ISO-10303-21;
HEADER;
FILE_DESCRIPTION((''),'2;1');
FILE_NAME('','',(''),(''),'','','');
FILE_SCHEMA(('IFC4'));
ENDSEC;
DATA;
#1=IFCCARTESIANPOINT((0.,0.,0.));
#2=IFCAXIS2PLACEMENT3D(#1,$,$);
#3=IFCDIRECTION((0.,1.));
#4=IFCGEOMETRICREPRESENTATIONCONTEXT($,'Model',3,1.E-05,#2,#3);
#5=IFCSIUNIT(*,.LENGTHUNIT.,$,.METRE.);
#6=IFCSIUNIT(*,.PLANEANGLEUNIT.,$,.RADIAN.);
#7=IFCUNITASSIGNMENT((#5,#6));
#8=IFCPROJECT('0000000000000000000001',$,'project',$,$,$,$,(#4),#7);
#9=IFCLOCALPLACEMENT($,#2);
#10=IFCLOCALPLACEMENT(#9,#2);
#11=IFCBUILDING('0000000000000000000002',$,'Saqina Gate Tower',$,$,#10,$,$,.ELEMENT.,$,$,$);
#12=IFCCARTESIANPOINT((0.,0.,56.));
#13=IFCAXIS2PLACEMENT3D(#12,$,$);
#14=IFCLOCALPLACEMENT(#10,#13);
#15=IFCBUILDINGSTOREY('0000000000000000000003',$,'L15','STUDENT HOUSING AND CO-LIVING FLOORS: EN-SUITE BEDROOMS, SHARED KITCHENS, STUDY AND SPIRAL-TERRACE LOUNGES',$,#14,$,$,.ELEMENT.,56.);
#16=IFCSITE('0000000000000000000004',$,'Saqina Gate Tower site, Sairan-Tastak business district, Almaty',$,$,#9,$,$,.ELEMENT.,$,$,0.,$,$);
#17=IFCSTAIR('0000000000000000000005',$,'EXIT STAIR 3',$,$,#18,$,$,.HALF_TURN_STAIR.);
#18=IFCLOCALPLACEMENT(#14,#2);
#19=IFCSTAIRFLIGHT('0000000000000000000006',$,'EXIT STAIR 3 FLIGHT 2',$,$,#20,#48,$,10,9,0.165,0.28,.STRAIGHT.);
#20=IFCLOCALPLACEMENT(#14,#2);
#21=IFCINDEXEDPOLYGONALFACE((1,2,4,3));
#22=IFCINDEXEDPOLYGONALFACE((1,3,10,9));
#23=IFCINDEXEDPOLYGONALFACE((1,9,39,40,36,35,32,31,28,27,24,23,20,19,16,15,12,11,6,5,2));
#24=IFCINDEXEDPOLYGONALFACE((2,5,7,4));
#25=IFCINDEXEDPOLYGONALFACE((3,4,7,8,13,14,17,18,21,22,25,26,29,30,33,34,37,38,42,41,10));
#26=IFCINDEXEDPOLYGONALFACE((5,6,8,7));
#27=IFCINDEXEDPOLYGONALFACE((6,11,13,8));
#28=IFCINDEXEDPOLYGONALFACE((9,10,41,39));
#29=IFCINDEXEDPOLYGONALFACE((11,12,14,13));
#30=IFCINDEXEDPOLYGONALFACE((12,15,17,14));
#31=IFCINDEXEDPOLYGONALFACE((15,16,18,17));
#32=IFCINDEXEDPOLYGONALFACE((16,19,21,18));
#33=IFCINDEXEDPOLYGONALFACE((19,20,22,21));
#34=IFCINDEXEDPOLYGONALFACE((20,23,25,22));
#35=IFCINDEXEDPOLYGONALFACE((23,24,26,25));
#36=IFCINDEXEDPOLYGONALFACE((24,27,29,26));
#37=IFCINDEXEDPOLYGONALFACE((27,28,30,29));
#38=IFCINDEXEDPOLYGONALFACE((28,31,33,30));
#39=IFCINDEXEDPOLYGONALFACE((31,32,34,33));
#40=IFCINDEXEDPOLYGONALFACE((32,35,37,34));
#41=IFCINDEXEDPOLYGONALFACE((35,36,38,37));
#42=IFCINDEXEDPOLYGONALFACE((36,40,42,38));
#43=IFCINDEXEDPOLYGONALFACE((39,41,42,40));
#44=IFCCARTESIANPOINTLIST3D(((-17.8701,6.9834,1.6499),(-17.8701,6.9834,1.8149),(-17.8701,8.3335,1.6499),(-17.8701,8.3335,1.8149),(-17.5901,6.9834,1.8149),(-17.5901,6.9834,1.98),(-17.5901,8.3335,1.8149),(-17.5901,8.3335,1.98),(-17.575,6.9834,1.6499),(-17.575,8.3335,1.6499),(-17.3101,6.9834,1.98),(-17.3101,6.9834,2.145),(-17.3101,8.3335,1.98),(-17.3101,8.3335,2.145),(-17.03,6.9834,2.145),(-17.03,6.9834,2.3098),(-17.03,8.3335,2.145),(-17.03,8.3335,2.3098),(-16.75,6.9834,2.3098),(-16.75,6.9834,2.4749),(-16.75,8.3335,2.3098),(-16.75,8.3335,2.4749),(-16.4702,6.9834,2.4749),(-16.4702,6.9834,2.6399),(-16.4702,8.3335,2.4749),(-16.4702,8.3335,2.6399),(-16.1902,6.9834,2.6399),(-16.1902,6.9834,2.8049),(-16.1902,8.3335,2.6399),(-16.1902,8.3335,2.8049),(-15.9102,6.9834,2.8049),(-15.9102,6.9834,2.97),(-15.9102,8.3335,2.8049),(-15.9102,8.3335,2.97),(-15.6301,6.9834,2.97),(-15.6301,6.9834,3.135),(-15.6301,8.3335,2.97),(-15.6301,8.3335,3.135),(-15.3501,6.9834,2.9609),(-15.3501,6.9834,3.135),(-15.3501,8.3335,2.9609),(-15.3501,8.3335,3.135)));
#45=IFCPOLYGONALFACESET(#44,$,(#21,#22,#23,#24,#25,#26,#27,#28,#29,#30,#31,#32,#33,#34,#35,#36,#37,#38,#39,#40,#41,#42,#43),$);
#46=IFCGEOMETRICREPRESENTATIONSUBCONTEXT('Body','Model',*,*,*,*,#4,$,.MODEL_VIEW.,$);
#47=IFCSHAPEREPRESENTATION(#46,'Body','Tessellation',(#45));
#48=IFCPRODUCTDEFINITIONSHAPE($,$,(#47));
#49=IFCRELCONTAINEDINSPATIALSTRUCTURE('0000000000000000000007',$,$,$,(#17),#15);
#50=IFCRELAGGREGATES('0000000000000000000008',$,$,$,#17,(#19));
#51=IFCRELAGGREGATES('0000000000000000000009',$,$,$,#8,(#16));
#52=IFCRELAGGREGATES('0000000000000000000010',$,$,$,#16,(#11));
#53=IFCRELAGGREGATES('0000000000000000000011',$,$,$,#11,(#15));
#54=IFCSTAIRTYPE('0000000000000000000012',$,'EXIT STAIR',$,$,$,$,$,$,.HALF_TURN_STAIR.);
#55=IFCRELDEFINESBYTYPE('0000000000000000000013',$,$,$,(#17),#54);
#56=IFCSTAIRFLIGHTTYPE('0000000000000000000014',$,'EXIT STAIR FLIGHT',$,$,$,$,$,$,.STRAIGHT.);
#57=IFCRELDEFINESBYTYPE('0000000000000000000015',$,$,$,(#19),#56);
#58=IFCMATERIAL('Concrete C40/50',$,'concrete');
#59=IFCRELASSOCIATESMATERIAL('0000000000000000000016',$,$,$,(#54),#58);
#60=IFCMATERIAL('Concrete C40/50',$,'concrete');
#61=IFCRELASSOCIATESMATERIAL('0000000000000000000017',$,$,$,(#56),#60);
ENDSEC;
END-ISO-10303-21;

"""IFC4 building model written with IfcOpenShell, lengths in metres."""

from ifc_helpers import new_model, si_unit, direction, frame, origin, place, context, subcontext, project, spatial, polyline, outline, extrude, material, type_object, element, aggregate, save


model = new_model("IFC4")

# Units and contexts
model_context = context("Model", 3, precision=1e-05, world=origin(), true_north=direction((0.0, 1.0)))
body_context = subcontext(model_context, "Body", "Model", "MODEL_VIEW")
ifc_project = project(units=[si_unit("LENGTHUNIT", "METRE"), si_unit("PLANEANGLEUNIT", "RADIAN")], contexts=[model_context])

# Site, building, storey
site_placement = place(None, origin())
site = spatial("IfcSite", under=ifc_project, at=site_placement, Name="Saqina Gate Tower site, Sairan-Tastak business district, Almaty", CompositionType="ELEMENT", RefElevation=0.0)
building_placement = place(site_placement, origin())
building = spatial("IfcBuilding", under=site, at=building_placement, Name="Saqina Gate Tower", CompositionType="ELEMENT")
storey_placement = place(building_placement, frame((0.0, 0.0, 56.0)))
storey = spatial("IfcBuildingStorey", under=building, at=storey_placement, Name="L15", Description="STUDENT HOUSING AND CO-LIVING FLOORS: EN-SUITE BEDROOMS, SHARED KITCHENS, STUDY AND SPIRAL-TERRACE LOUNGES", CompositionType="ELEMENT", Elevation=56.0)

# Stair, stair flight
ifc_material_1 = material(Name="Concrete C40/50", Category="concrete")
stair_type = type_object("IfcStairType", Name="EXIT STAIR", PredefinedType="HALF_TURN_STAIR", material=ifc_material_1)
stair_placement = place(storey_placement, origin())
stair = element("IfcStair", 1, at=stair_placement, inside=storey, type_object=stair_type, Name="EXIT STAIR 3", PredefinedType="HALF_TURN_STAIR")
ifc_material_2 = material(Name="Concrete C40/50", Category="concrete")
stair_flight_type = type_object("IfcStairFlightType", Name="EXIT STAIR FLIGHT", PredefinedType="STRAIGHT", material=ifc_material_2)
stair_flight_1_placement = place(storey_placement, frame((-17.8701, 7.6584, 1.6499), z_axis=(0.0, 0.0, 1.0), x_axis=(1.0, 0.0, 0.0)))
stair_flight_1 = element("IfcStairFlight", 2, at=stair_flight_1_placement, type_object=stair_flight_type, Name="EXIT STAIR 3 FLIGHT 2", NumberOfRisers=10, NumberOfTreads=9, PredefinedType="STRAIGHT", RiserHeight=0.165, TreadLength=0.28, context=body_context, shape_type="SweptSolid", body=[
    extrude(outline(polyline([(0.0, 0.0), (0.0, 0.165), (0.28, 0.165), (0.28, 0.3301), (0.5601, 0.3301), (0.5601, 0.4951), (0.8401, 0.4951), (0.8401, 0.6599), (1.1201, 0.6599), (1.1201, 0.825), (1.3999, 0.825), (1.3999, 0.99), (1.6799, 0.99), (1.6799, 1.155), (1.96, 1.155), (1.96, 1.3201), (2.24, 1.3201), (2.24, 1.4851), (2.52, 1.4851), (2.52, 1.6499), (2.52, 1.311), (0.2952, 0.0), (0.0, 0.0)])), frame((0.0, 0.675, 0.0), z_axis=(0.0, -1.0, 0.0), x_axis=(1.0, 0.0, 0.0)), (0.0, 0.0, 1.0), 1.3501),
])
aggregate(stair, [stair_flight_1])

save(model, "model.ifc")
